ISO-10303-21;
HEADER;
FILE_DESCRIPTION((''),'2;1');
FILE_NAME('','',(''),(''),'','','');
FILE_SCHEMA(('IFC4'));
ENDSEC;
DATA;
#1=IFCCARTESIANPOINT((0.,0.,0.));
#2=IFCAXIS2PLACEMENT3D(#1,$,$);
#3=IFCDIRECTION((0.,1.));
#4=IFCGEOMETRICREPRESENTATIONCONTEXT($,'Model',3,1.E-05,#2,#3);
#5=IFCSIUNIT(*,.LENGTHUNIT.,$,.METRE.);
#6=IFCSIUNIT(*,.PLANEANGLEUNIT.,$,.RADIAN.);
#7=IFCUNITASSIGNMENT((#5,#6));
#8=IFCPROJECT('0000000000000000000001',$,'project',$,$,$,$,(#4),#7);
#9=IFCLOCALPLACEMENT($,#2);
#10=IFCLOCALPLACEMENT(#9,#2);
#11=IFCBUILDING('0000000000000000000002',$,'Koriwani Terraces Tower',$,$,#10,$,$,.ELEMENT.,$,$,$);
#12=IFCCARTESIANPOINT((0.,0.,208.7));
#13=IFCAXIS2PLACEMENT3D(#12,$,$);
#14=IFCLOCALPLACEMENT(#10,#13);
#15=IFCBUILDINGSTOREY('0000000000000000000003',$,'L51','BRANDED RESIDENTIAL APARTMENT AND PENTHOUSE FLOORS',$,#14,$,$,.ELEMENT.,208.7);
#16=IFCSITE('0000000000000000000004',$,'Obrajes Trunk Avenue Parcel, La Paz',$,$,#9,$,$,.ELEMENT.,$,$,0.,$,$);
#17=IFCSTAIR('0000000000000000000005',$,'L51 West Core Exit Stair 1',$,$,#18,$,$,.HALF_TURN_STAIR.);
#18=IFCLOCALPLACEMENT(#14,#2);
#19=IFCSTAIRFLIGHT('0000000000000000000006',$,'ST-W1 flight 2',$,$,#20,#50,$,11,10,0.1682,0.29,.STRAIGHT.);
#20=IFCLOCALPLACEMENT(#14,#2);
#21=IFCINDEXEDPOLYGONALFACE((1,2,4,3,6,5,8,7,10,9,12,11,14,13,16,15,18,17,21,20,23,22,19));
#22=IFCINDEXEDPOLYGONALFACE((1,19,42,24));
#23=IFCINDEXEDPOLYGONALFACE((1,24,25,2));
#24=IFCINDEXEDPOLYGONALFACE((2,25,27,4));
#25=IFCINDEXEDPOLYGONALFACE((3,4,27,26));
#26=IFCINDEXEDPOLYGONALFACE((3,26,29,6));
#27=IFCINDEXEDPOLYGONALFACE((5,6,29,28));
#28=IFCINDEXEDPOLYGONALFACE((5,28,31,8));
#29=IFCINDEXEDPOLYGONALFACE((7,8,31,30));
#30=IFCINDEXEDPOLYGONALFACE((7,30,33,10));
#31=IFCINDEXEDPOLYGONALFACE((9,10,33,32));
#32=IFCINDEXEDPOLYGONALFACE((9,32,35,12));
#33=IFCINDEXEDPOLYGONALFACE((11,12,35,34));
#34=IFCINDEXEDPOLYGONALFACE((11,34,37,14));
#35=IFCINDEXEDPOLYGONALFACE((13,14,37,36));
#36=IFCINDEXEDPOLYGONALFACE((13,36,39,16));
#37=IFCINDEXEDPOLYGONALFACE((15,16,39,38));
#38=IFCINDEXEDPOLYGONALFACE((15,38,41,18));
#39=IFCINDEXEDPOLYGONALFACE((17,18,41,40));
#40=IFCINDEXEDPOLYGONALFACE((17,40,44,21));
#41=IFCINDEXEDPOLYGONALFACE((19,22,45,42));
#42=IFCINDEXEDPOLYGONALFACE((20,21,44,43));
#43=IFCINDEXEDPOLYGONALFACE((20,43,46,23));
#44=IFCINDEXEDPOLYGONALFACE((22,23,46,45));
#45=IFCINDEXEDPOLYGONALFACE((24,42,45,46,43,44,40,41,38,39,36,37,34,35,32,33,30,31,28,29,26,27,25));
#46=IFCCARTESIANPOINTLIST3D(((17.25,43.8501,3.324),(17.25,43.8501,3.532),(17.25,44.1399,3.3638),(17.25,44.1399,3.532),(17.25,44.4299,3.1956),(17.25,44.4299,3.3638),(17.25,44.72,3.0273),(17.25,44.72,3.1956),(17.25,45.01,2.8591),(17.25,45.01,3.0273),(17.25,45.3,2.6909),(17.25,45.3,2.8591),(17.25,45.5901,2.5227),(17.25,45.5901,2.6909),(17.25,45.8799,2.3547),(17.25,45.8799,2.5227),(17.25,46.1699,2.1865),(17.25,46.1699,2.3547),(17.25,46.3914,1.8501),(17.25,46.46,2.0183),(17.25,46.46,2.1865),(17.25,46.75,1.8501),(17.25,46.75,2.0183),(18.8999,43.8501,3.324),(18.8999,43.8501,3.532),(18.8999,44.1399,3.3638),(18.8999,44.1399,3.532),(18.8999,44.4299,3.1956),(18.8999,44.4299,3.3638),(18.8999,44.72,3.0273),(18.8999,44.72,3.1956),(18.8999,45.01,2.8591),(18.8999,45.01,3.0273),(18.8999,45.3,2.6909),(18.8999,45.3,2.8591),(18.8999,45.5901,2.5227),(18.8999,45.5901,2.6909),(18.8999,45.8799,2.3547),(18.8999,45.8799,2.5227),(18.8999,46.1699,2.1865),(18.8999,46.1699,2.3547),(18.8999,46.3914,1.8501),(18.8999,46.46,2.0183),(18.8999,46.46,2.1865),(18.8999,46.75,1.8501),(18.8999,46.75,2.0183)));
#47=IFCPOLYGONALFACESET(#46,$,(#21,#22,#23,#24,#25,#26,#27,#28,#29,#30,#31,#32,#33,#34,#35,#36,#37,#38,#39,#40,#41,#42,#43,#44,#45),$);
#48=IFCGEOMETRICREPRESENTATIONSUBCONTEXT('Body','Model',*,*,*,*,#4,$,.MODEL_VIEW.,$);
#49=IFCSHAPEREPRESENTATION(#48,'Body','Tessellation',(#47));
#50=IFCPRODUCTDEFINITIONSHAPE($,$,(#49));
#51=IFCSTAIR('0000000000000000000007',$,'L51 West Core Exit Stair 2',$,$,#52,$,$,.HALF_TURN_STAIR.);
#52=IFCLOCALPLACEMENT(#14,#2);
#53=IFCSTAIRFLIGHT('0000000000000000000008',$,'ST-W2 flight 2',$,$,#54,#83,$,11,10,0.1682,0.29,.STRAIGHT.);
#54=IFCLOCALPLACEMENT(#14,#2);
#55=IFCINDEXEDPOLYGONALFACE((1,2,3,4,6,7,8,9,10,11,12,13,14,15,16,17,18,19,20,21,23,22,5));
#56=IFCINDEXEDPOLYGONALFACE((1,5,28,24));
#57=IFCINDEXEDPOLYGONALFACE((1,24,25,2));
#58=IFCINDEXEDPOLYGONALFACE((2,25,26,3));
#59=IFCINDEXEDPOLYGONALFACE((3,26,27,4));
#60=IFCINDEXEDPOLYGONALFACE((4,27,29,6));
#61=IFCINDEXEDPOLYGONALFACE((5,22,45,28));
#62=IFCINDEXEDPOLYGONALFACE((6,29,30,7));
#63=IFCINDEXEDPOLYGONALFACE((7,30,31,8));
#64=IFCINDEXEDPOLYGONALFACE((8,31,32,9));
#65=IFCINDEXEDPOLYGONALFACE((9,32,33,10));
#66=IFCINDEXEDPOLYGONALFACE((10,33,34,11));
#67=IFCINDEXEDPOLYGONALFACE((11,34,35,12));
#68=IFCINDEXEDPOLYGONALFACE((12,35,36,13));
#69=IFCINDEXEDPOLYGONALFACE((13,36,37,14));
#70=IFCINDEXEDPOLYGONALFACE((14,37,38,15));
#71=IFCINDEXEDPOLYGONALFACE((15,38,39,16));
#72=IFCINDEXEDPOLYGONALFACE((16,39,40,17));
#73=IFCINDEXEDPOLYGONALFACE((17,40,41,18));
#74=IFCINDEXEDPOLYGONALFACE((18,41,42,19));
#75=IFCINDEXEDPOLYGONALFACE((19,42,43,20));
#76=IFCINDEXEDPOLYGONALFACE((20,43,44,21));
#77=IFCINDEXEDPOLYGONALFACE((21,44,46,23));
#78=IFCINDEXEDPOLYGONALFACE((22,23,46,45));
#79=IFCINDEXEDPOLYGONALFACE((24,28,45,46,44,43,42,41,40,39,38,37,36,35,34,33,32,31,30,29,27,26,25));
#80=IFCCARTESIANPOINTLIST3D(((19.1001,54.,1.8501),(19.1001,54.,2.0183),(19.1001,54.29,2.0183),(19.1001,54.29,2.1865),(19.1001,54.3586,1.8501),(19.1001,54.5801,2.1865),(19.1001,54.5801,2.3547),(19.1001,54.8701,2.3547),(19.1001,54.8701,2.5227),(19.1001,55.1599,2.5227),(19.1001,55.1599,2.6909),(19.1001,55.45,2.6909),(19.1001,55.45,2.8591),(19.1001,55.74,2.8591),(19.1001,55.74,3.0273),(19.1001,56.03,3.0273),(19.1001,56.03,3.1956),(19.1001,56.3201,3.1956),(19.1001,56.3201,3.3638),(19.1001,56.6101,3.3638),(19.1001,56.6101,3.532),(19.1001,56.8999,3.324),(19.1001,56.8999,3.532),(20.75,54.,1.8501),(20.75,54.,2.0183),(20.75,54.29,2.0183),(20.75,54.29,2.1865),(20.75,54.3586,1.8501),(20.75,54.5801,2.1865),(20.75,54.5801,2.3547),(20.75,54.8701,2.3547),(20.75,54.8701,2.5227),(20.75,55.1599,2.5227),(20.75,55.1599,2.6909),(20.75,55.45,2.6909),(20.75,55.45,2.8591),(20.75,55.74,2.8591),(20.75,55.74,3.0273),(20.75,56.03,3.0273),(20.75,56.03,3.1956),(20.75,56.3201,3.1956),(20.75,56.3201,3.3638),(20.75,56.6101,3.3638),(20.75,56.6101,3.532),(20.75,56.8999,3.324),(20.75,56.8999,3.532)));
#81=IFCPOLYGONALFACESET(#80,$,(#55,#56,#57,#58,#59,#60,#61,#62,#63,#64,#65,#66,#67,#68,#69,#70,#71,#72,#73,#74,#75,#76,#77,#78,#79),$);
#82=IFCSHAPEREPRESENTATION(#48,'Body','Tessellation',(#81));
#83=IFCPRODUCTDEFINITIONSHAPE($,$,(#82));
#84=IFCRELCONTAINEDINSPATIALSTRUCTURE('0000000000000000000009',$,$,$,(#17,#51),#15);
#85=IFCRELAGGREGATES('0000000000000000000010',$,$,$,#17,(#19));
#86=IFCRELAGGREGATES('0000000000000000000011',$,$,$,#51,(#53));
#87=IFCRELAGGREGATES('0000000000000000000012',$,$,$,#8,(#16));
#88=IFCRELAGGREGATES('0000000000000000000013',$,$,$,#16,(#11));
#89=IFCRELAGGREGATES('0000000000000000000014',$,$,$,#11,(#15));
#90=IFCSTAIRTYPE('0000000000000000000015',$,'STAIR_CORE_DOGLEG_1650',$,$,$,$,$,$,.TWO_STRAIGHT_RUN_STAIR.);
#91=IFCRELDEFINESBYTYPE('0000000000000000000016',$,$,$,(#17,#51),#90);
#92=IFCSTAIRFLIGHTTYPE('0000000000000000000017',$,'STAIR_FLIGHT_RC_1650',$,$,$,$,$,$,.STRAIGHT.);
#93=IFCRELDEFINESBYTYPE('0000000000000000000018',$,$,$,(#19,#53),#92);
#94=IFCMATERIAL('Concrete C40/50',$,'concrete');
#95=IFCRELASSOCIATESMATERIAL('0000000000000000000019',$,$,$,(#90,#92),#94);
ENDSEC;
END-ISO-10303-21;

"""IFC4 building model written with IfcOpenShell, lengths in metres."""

from ifc_helpers import new_model, si_unit, direction, frame, origin, place, context, subcontext, project, spatial, polyline, outline, extrude, material, type_object, element, aggregate, save


model = new_model("IFC4")

# Units and contexts
model_context = context("Model", 3, precision=1e-05, world=origin(), true_north=direction((0.0, 1.0)))
body_context = subcontext(model_context, "Body", "Model", "MODEL_VIEW")
ifc_project = project(units=[si_unit("LENGTHUNIT", "METRE"), si_unit("PLANEANGLEUNIT", "RADIAN")], contexts=[model_context])

# Site, building, storey
site_placement = place(None, origin())
site = spatial("IfcSite", under=ifc_project, at=site_placement, Name="Obrajes Trunk Avenue Parcel, La Paz", CompositionType="ELEMENT", RefElevation=0.0)
building_placement = place(site_placement, origin())
building = spatial("IfcBuilding", under=site, at=building_placement, Name="Koriwani Terraces Tower", CompositionType="ELEMENT")
storey_placement = place(building_placement, frame((0.0, 0.0, 208.7)))
storey = spatial("IfcBuildingStorey", under=building, at=storey_placement, Name="L51", Description="BRANDED RESIDENTIAL APARTMENT AND PENTHOUSE FLOORS", CompositionType="ELEMENT", Elevation=208.7)

# Shared definitions
ifc_material_1 = material(Name="Concrete C40/50", Category="concrete")

# Stair, stair flight
stair_type = type_object("IfcStairType", Name="STAIR_CORE_DOGLEG_1650", PredefinedType="TWO_STRAIGHT_RUN_STAIR", material=ifc_material_1)
stair_1_placement = place(storey_placement, origin())
stair_1 = element("IfcStair", 1, at=stair_1_placement, inside=storey, type_object=stair_type, Name="L51 West Core Exit Stair 1", PredefinedType="HALF_TURN_STAIR")
stair_flight_type = type_object("IfcStairFlightType", Name="STAIR_FLIGHT_RC_1650", PredefinedType="STRAIGHT", material=ifc_material_1)
stair_flight_1_placement = place(storey_placement, frame((18.075, 46.75, 1.8501), z_axis=(0.0, 0.0, 1.0), x_axis=(0.0, -1.0, 0.0)))
stair_flight_1 = element("IfcStairFlight", 2, at=stair_flight_1_placement, type_object=stair_flight_type, Name="ST-W1 flight 2", NumberOfRisers=11, NumberOfTreads=10, PredefinedType="STRAIGHT", RiserHeight=0.1682, TreadLength=0.29, context=body_context, shape_type="SweptSolid", body=[
    extrude(outline(polyline([(0.0, 0.0), (0.0, 0.1682), (0.29, 0.1682), (0.29, 0.3364), (0.5801, 0.3364), (0.5801, 0.5046), (0.8701, 0.5046), (0.8701, 0.6726), (1.1599, 0.6726), (1.1599, 0.8408), (1.45, 0.8408), (1.45, 1.009), (1.74, 1.009), (1.74, 1.1772), (2.03, 1.1772), (2.03, 1.3455), (2.3201, 1.3455), (2.3201, 1.5137), (2.6101, 1.5137), (2.6101, 1.6819), (2.8999, 1.6819), (2.8999, 1.8501), (2.8999, 1.4739), (0.3586, 0.0), (0.0, 0.0)])), frame((0.0, 0.825, 0.0), z_axis=(0.0, -1.0, 0.0), x_axis=(1.0, 0.0, 0.0)), (0.0, 0.0, 1.0), 1.6499),
])
aggregate(stair_1, [stair_flight_1])

# Stair, stair flight
stair_2_placement = place(storey_placement, origin())
stair_2 = element("IfcStair", 3, at=stair_2_placement, inside=storey, type_object=stair_type, Name="L51 West Core Exit Stair 2", PredefinedType="HALF_TURN_STAIR")
stair_flight_2_placement = place(storey_placement, frame((19.925, 54.0, 1.8501), z_axis=(0.0, 0.0, 1.0), x_axis=(0.0, 1.0, 0.0)))
stair_flight_2 = element("IfcStairFlight", 4, at=stair_flight_2_placement, type_object=stair_flight_type, Name="ST-W2 flight 2", NumberOfRisers=11, NumberOfTreads=10, PredefinedType="STRAIGHT", RiserHeight=0.1682, TreadLength=0.29, context=body_context, shape_type="SweptSolid", body=[
    extrude(outline(polyline([(0.0, 0.0), (0.0, 0.1682), (0.29, 0.1682), (0.29, 0.3364), (0.5801, 0.3364), (0.5801, 0.5046), (0.8701, 0.5046), (0.8701, 0.6726), (1.1599, 0.6726), (1.1599, 0.8408), (1.45, 0.8408), (1.45, 1.009), (1.74, 1.009), (1.74, 1.1772), (2.03, 1.1772), (2.03, 1.3455), (2.3201, 1.3455), (2.3201, 1.5137), (2.6101, 1.5137), (2.6101, 1.6819), (2.8999, 1.6819), (2.8999, 1.8501), (2.8999, 1.4739), (0.3586, 0.0), (0.0, 0.0)])), frame((0.0, 0.825, 0.0), z_axis=(0.0, -1.0, 0.0), x_axis=(1.0, 0.0, 0.0)), (0.0, 0.0, 1.0), 1.6499),
])
aggregate(stair_2, [stair_flight_2])

save(model, "model.ifc")
